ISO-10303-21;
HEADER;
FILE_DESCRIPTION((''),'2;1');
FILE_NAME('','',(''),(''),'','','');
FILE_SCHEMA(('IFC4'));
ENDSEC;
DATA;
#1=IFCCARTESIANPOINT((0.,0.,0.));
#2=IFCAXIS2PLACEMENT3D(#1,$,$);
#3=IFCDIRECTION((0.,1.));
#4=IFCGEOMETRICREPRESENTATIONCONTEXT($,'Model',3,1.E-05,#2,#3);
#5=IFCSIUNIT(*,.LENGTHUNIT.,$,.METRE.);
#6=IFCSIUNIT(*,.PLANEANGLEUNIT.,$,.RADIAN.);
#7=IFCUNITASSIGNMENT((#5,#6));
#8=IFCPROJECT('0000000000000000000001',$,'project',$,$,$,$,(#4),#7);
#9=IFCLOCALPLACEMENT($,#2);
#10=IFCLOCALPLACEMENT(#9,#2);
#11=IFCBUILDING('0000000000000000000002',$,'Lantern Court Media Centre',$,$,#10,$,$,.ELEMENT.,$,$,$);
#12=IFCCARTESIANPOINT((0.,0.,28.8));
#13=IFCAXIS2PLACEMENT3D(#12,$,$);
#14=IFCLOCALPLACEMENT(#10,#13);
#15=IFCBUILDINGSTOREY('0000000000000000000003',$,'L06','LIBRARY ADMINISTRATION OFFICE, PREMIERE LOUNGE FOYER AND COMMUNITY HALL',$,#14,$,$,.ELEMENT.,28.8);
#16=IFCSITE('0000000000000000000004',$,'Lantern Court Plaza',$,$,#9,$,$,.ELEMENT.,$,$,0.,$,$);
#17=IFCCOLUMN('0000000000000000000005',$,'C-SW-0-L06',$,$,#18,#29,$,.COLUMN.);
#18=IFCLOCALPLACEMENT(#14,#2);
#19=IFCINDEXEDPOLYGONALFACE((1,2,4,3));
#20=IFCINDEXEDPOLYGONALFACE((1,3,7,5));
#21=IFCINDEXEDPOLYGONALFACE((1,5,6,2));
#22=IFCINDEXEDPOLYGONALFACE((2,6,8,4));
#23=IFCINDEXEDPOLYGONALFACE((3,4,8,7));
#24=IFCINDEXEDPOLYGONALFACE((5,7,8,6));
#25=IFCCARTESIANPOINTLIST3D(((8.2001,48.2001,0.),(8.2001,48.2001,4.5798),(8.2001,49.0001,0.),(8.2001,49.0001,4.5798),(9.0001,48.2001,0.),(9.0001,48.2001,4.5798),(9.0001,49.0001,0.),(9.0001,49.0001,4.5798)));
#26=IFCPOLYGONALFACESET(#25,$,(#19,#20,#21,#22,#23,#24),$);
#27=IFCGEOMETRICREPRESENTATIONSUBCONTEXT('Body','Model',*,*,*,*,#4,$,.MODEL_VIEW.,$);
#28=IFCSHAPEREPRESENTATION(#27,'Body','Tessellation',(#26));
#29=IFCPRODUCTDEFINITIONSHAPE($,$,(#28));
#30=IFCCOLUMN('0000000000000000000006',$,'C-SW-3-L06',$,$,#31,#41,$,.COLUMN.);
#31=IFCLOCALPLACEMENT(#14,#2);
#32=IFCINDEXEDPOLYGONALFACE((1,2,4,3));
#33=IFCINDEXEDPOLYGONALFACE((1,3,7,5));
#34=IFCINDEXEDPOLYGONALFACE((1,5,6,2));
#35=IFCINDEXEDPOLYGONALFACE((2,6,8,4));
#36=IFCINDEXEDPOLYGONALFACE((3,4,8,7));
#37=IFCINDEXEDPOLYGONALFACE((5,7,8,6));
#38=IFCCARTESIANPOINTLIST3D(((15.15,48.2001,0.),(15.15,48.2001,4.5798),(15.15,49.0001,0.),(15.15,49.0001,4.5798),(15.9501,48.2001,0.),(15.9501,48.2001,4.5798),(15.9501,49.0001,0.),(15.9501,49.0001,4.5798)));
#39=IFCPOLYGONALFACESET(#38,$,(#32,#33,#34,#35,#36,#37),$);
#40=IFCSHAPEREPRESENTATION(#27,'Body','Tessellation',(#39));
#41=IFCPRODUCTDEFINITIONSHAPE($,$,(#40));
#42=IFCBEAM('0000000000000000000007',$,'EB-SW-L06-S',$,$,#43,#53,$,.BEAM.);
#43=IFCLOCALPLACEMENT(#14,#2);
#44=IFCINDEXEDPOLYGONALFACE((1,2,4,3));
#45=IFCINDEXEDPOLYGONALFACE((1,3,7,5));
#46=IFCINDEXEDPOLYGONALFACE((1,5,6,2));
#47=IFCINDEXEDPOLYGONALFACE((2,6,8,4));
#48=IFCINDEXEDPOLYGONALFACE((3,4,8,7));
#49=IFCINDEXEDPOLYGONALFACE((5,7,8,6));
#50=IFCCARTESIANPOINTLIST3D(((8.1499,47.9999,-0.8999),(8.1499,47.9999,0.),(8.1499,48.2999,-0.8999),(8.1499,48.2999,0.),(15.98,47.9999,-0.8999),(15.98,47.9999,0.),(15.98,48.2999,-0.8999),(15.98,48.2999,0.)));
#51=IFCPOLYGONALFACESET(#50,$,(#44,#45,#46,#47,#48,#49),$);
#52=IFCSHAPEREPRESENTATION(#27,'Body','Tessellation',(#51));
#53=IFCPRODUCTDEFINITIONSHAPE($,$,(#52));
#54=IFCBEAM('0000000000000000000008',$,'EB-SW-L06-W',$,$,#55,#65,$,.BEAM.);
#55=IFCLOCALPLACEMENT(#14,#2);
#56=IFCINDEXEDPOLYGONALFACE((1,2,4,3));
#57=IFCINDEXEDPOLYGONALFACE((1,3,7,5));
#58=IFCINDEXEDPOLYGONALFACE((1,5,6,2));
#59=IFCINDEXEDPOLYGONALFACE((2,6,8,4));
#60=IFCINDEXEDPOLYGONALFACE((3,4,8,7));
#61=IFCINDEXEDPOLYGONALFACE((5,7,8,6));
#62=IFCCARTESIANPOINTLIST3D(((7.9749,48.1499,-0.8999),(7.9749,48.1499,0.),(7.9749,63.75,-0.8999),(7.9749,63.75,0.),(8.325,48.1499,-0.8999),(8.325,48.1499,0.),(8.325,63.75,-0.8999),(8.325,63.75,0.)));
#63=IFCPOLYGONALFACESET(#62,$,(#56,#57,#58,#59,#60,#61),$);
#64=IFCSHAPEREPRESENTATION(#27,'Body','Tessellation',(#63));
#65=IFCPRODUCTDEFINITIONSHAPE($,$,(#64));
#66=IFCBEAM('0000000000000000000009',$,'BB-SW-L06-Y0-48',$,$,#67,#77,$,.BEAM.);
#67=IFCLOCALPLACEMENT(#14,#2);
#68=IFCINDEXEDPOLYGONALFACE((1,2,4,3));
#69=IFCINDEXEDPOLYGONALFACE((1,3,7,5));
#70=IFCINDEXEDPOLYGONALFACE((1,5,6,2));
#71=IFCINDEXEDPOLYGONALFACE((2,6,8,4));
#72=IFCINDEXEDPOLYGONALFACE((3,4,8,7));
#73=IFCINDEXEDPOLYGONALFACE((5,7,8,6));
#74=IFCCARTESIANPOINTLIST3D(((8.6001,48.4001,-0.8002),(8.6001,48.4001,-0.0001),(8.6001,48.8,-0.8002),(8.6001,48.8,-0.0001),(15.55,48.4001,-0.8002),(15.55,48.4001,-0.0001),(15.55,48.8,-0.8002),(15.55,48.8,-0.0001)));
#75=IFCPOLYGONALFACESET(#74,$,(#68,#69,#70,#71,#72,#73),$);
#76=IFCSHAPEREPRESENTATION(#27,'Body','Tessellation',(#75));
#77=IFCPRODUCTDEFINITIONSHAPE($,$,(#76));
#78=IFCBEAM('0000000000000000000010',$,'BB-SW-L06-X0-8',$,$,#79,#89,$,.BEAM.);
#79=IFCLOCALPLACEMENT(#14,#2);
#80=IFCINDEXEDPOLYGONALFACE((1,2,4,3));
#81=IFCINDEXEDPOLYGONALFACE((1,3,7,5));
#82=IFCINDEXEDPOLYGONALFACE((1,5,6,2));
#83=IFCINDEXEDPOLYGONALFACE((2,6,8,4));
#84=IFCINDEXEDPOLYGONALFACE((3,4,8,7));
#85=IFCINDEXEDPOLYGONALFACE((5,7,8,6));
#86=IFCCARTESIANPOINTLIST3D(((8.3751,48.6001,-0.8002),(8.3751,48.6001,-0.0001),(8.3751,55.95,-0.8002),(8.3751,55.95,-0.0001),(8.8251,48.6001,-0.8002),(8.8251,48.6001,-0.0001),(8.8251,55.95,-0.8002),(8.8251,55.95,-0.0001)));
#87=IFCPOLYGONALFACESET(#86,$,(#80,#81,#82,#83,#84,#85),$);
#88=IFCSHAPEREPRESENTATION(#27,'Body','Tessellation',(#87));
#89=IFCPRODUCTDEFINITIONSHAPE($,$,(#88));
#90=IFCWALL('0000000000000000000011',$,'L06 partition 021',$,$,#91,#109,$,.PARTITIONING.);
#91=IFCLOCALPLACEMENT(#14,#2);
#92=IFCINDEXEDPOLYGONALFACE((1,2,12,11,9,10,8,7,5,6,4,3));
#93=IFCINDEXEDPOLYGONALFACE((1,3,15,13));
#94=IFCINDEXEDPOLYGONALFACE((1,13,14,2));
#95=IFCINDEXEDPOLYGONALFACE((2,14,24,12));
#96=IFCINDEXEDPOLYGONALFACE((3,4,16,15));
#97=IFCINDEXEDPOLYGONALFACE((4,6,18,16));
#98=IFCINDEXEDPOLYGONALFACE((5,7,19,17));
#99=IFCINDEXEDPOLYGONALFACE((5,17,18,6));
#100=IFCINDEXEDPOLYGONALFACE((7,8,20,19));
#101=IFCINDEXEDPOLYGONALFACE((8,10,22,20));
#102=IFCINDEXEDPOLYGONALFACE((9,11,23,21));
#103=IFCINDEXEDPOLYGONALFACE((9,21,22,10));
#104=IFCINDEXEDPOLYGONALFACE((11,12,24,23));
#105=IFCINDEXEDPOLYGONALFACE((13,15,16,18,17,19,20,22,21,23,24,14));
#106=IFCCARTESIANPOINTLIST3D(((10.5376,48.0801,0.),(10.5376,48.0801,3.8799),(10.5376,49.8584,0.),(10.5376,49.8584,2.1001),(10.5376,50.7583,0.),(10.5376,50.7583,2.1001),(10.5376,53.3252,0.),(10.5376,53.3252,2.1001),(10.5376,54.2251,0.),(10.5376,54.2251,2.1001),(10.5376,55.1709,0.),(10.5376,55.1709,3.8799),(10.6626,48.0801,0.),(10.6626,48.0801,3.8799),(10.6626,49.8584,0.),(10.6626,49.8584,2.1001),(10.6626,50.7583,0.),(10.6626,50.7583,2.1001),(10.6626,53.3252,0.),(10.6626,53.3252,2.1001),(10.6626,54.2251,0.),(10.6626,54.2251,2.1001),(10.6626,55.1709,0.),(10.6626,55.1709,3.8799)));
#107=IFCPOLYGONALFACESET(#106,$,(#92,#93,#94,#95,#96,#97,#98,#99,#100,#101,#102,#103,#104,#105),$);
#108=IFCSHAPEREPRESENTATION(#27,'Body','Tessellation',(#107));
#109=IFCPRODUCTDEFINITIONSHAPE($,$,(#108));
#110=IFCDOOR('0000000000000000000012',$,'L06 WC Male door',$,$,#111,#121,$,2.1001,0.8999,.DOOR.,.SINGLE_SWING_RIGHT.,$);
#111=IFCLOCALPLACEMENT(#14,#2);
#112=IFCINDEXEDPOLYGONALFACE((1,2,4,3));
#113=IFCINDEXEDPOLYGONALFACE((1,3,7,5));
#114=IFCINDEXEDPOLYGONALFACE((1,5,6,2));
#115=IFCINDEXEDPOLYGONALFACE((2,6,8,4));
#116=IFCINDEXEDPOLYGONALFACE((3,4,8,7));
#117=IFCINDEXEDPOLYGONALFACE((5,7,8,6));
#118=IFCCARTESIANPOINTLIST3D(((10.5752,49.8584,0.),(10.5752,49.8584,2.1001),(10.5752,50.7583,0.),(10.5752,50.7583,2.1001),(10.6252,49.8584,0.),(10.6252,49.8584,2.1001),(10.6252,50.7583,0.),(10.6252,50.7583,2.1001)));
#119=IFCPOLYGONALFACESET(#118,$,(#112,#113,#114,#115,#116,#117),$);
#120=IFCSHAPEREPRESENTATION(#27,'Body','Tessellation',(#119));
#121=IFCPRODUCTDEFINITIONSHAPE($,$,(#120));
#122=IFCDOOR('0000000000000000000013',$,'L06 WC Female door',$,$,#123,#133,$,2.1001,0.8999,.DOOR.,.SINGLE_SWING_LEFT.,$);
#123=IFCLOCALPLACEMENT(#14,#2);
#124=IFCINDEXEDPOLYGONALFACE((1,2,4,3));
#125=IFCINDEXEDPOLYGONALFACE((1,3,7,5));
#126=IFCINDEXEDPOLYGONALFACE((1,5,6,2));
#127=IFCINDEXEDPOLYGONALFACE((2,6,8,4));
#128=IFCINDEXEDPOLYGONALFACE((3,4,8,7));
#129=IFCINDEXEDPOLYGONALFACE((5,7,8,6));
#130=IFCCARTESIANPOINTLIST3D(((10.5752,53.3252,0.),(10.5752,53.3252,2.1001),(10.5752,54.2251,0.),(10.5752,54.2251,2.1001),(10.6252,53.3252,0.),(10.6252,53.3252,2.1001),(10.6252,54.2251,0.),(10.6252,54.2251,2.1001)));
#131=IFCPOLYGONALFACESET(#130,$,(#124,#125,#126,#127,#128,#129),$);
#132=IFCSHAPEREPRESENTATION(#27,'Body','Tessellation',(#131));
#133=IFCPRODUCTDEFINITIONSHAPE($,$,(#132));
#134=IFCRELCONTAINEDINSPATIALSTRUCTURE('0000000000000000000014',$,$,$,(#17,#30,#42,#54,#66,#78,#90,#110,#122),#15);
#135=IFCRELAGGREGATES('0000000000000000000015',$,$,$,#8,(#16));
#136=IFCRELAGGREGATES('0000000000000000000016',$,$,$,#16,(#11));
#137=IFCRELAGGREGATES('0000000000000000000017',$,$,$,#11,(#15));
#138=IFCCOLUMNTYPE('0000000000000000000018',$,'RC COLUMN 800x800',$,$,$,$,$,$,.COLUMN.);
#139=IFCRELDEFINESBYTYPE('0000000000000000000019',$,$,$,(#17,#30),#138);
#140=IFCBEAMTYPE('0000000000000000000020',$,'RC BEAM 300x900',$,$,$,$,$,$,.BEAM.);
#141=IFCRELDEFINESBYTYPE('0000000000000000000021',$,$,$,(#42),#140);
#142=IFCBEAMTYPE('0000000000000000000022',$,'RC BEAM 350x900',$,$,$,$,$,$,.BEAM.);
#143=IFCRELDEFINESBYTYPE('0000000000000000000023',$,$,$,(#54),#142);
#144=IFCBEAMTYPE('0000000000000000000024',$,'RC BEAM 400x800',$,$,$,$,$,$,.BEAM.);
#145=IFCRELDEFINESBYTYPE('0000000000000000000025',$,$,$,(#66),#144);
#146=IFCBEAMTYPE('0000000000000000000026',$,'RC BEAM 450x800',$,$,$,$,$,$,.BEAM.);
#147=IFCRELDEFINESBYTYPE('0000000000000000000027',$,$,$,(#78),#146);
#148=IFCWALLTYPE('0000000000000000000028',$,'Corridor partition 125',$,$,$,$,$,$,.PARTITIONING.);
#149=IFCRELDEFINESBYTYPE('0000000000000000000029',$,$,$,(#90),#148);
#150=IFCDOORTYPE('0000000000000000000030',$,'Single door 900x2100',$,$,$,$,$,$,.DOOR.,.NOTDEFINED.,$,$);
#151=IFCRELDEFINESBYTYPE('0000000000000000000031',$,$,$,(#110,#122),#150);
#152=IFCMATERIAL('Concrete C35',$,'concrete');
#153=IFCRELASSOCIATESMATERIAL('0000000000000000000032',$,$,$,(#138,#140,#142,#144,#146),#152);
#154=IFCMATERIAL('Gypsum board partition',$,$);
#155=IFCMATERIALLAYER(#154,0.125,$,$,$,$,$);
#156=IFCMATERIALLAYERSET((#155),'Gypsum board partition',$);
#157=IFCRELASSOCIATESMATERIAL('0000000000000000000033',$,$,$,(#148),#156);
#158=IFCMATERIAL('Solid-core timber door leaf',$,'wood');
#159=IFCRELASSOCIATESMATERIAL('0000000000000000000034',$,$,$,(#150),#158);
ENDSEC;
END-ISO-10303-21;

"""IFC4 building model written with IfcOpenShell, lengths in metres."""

from ifc_helpers import new_model, si_unit, direction, frame, frame_2d, origin, origin_2d, place, context, subcontext, project, spatial, rectangle, extrude, material, layer, layer_set, material_profile, profile_set, type_object, element, fill, save


model = new_model("IFC4")

# Units and contexts
model_context = context("Model", 3, precision=1e-05, world=origin(), true_north=direction((0.0, 1.0)))
body_context = subcontext(model_context, "Body", "Model", "MODEL_VIEW")
ifc_project = project(units=[si_unit("LENGTHUNIT", "METRE"), si_unit("PLANEANGLEUNIT", "RADIAN")], contexts=[model_context])

# Site, building, storey
site_placement = place(None, origin())
site = spatial("IfcSite", under=ifc_project, at=site_placement, Name="Lantern Court Plaza", CompositionType="ELEMENT", RefElevation=0.0)
building_placement = place(site_placement, origin())
building = spatial("IfcBuilding", under=site, at=building_placement, Name="Lantern Court Media Centre", CompositionType="ELEMENT")
storey_placement = place(building_placement, frame((0.0, 0.0, 28.8)))
storey = spatial("IfcBuildingStorey", under=building, at=storey_placement, Name="L06", Description="LIBRARY ADMINISTRATION OFFICE, PREMIERE LOUNGE FOYER AND COMMUNITY HALL", CompositionType="ELEMENT", Elevation=28.8)

# Columns
ifc_material_1 = material(Name="Concrete C35", Category="concrete")
ifc_material_profile_1 = material_profile(ifc_material_1, rectangle(XDim=0.8, YDim=0.8, at=origin_2d()), Name="RC 800x800")
ifc_profile_set_1 = profile_set([ifc_material_profile_1], Name="Concrete C35")
column_type = type_object("IfcColumnType", Name="RC COLUMN 800x800", PredefinedType="COLUMN", material=ifc_profile_set_1)
for number, where, z_axis, x_axis, name in (
    (1, (8.6001, 48.6001, 0.0), (0.0, 0.0, 1.0), (1.0, 0.0, 0.0), "C-SW-0-L06"),
    (2, (15.55, 48.6001, 0.0), (0.0, 0.0, 1.0), (1.0, 0.0, 0.0), "C-SW-3-L06"),
):
    element("IfcColumn", number, at=place(storey_placement, frame(where, z_axis=z_axis, x_axis=x_axis)), inside=storey, type_object=column_type, Name=name, PredefinedType="COLUMN", context=body_context, shape_type="SweptSolid", body=[
        extrude(rectangle(XDim=0.8, YDim=0.8, at=origin_2d()), origin(), (0.0, 0.0, 1.0), 4.5798),
    ])

# Beams
ifc_material_profile_2 = material_profile(ifc_material_1, rectangle(XDim=0.3, YDim=0.8999, at=origin_2d()), Name="RC 300x900")
ifc_profile_set_2 = profile_set([ifc_material_profile_2], Name="Concrete C35")
beam_type_1 = type_object("IfcBeamType", Name="RC BEAM 300x900", PredefinedType="BEAM", material=ifc_profile_set_2)
beam_1_placement = place(storey_placement, frame((8.1499, 48.1499, -0.45), z_axis=(1.0, 0.0, 0.0), x_axis=(0.0, 1.0, 0.0)))
element("IfcBeam", 3, at=beam_1_placement, inside=storey, type_object=beam_type_1, Name="EB-SW-L06-S", PredefinedType="BEAM", context=body_context, shape_type="SweptSolid", body=[
    extrude(rectangle(XDim=0.3, YDim=0.8999, at=origin_2d()), origin(), (0.0, 0.0, 1.0), 7.8301),
])
ifc_material_profile_3 = material_profile(ifc_material_1, rectangle(XDim=0.3501, YDim=0.8999, at=origin_2d()), Name="RC 350x900")
ifc_profile_set_3 = profile_set([ifc_material_profile_3], Name="Concrete C35")
beam_type_2 = type_object("IfcBeamType", Name="RC BEAM 350x900", PredefinedType="BEAM", material=ifc_profile_set_3)
beam_2_placement = place(storey_placement, frame((8.1499, 48.1499, -0.45), z_axis=(0.0, 1.0, 0.0), x_axis=(-1.0, 0.0, 0.0)))
element("IfcBeam", 4, at=beam_2_placement, inside=storey, type_object=beam_type_2, Name="EB-SW-L06-W", PredefinedType="BEAM", context=body_context, shape_type="SweptSolid", body=[
    extrude(rectangle(XDim=0.3501, YDim=0.8999, at=origin_2d()), origin(), (0.0, 0.0, 1.0), 15.6001),
])
ifc_material_profile_4 = material_profile(ifc_material_1, rectangle(XDim=0.3999, YDim=0.8, at=origin_2d()), Name="RC 400x800")
ifc_profile_set_4 = profile_set([ifc_material_profile_4], Name="Concrete C35")
beam_type_3 = type_object("IfcBeamType", Name="RC BEAM 400x800", PredefinedType="BEAM", material=ifc_profile_set_4)
beam_3_placement = place(storey_placement, frame((8.6001, 48.6001, -0.4001), z_axis=(1.0, 0.0, 0.0), x_axis=(0.0, 1.0, 0.0)))
element("IfcBeam", 5, at=beam_3_placement, inside=storey, type_object=beam_type_3, Name="BB-SW-L06-Y0-48", PredefinedType="BEAM", context=body_context, shape_type="SweptSolid", body=[
    extrude(rectangle(XDim=0.3999, YDim=0.8, at=origin_2d()), origin(), (0.0, 0.0, 1.0), 6.95),
])
ifc_material_profile_5 = material_profile(ifc_material_1, rectangle(XDim=0.45, YDim=0.8, at=origin_2d()), Name="RC 450x800")
ifc_profile_set_5 = profile_set([ifc_material_profile_5], Name="Concrete C35")
beam_type_4 = type_object("IfcBeamType", Name="RC BEAM 450x800", PredefinedType="BEAM", material=ifc_profile_set_5)
beam_4_placement = place(storey_placement, frame((8.6001, 48.6001, -0.4001), z_axis=(0.0, 1.0, 0.0), x_axis=(-1.0, 0.0, 0.0)))
element("IfcBeam", 6, at=beam_4_placement, inside=storey, type_object=beam_type_4, Name="BB-SW-L06-X0-8", PredefinedType="BEAM", context=body_context, shape_type="SweptSolid", body=[
    extrude(rectangle(XDim=0.45, YDim=0.8, at=origin_2d()), origin(), (0.0, 0.0, 1.0), 7.3499),
])

# Wall, openings, doors
ifc_material_2 = material(Name="Gypsum board partition")
ifc_layer_1 = layer(ifc_material_2, 0.125)
ifc_layer_set_1 = layer_set([ifc_layer_1], Name="Gypsum board partition")
wall_type_1 = type_object("IfcWallType", Name="Corridor partition 125", PredefinedType="PARTITIONING", material=ifc_layer_set_1)
wall_1_placement = place(storey_placement, frame((10.6001, 48.0801, 0.0), z_axis=(0.0, 0.0, 1.0), x_axis=(0.0, 1.0, 0.0)))
wall_1 = element("IfcWall", 7, at=wall_1_placement, inside=storey, type_object=wall_type_1, Name="L06 partition 021", PredefinedType="PARTITIONING", context=body_context, shape_type="SweptSolid", body=[
    extrude(rectangle(XDim=7.0908, YDim=0.125, at=frame_2d((3.5454, 0.0))), origin(), (0.0, 0.0, 1.0), 3.8799),
])
opening_1_placement = place(wall_1_placement, frame((1.7783, 0.0, 0.0)))
opening_1 = element("IfcOpeningElement", 8, at=opening_1_placement, cuts=wall_1, PredefinedType="OPENING", context=body_context, shape_type="SweptSolid", body=[
    extrude(rectangle(XDim=0.8999, YDim=2.1001, at=frame_2d((0.45, 1.05))), frame((0.0, 0.0725, 0.0), z_axis=(0.0, -1.0, 0.0), x_axis=(1.0, 0.0, 0.0)), (0.0, 0.0, 1.0), 0.145),
])
opening_2_placement = place(wall_1_placement, frame((5.2451, 0.0, 0.0)))
opening_2 = element("IfcOpeningElement", 9, at=opening_2_placement, cuts=wall_1, PredefinedType="OPENING", context=body_context, shape_type="SweptSolid", body=[
    extrude(rectangle(XDim=0.8999, YDim=2.1001, at=frame_2d((0.45, 1.05))), frame((0.0, 0.0725, 0.0), z_axis=(0.0, -1.0, 0.0), x_axis=(1.0, 0.0, 0.0)), (0.0, 0.0, 1.0), 0.145),
])
ifc_material_3 = material(Name="Solid-core timber door leaf", Category="wood")
door_type = type_object("IfcDoorType", Name="Single door 900x2100", OperationType="NOTDEFINED", PredefinedType="DOOR", material=ifc_material_3)
door_1_placement = place(opening_1_placement, origin())
door_1 = element("IfcDoor", 10, at=door_1_placement, inside=storey, type_object=door_type, Name="L06 WC Male door", OperationType="SINGLE_SWING_RIGHT", OverallHeight=2.1001, OverallWidth=0.8999, PredefinedType="DOOR", context=body_context, shape_type="SweptSolid", body=[
    extrude(rectangle(XDim=0.8999, YDim=2.1001, at=frame_2d((0.45, 1.05))), frame((0.0, 0.0249, 0.0), z_axis=(0.0, -1.0, 0.0), x_axis=(1.0, 0.0, 0.0)), (0.0, 0.0, 1.0), 0.05),
])
fill(opening_1, door_1)
door_2_placement = place(opening_2_placement, origin())
door_2 = element("IfcDoor", 11, at=door_2_placement, inside=storey, type_object=door_type, Name="L06 WC Female door", OperationType="SINGLE_SWING_LEFT", OverallHeight=2.1001, OverallWidth=0.8999, PredefinedType="DOOR", context=body_context, shape_type="SweptSolid", body=[
    extrude(rectangle(XDim=0.8999, YDim=2.1001, at=frame_2d((0.45, 1.05))), frame((0.0, 0.0249, 0.0), z_axis=(0.0, -1.0, 0.0), x_axis=(1.0, 0.0, 0.0)), (0.0, 0.0, 1.0), 0.05),
])
fill(opening_2, door_2)

save(model, "model.ifc")
